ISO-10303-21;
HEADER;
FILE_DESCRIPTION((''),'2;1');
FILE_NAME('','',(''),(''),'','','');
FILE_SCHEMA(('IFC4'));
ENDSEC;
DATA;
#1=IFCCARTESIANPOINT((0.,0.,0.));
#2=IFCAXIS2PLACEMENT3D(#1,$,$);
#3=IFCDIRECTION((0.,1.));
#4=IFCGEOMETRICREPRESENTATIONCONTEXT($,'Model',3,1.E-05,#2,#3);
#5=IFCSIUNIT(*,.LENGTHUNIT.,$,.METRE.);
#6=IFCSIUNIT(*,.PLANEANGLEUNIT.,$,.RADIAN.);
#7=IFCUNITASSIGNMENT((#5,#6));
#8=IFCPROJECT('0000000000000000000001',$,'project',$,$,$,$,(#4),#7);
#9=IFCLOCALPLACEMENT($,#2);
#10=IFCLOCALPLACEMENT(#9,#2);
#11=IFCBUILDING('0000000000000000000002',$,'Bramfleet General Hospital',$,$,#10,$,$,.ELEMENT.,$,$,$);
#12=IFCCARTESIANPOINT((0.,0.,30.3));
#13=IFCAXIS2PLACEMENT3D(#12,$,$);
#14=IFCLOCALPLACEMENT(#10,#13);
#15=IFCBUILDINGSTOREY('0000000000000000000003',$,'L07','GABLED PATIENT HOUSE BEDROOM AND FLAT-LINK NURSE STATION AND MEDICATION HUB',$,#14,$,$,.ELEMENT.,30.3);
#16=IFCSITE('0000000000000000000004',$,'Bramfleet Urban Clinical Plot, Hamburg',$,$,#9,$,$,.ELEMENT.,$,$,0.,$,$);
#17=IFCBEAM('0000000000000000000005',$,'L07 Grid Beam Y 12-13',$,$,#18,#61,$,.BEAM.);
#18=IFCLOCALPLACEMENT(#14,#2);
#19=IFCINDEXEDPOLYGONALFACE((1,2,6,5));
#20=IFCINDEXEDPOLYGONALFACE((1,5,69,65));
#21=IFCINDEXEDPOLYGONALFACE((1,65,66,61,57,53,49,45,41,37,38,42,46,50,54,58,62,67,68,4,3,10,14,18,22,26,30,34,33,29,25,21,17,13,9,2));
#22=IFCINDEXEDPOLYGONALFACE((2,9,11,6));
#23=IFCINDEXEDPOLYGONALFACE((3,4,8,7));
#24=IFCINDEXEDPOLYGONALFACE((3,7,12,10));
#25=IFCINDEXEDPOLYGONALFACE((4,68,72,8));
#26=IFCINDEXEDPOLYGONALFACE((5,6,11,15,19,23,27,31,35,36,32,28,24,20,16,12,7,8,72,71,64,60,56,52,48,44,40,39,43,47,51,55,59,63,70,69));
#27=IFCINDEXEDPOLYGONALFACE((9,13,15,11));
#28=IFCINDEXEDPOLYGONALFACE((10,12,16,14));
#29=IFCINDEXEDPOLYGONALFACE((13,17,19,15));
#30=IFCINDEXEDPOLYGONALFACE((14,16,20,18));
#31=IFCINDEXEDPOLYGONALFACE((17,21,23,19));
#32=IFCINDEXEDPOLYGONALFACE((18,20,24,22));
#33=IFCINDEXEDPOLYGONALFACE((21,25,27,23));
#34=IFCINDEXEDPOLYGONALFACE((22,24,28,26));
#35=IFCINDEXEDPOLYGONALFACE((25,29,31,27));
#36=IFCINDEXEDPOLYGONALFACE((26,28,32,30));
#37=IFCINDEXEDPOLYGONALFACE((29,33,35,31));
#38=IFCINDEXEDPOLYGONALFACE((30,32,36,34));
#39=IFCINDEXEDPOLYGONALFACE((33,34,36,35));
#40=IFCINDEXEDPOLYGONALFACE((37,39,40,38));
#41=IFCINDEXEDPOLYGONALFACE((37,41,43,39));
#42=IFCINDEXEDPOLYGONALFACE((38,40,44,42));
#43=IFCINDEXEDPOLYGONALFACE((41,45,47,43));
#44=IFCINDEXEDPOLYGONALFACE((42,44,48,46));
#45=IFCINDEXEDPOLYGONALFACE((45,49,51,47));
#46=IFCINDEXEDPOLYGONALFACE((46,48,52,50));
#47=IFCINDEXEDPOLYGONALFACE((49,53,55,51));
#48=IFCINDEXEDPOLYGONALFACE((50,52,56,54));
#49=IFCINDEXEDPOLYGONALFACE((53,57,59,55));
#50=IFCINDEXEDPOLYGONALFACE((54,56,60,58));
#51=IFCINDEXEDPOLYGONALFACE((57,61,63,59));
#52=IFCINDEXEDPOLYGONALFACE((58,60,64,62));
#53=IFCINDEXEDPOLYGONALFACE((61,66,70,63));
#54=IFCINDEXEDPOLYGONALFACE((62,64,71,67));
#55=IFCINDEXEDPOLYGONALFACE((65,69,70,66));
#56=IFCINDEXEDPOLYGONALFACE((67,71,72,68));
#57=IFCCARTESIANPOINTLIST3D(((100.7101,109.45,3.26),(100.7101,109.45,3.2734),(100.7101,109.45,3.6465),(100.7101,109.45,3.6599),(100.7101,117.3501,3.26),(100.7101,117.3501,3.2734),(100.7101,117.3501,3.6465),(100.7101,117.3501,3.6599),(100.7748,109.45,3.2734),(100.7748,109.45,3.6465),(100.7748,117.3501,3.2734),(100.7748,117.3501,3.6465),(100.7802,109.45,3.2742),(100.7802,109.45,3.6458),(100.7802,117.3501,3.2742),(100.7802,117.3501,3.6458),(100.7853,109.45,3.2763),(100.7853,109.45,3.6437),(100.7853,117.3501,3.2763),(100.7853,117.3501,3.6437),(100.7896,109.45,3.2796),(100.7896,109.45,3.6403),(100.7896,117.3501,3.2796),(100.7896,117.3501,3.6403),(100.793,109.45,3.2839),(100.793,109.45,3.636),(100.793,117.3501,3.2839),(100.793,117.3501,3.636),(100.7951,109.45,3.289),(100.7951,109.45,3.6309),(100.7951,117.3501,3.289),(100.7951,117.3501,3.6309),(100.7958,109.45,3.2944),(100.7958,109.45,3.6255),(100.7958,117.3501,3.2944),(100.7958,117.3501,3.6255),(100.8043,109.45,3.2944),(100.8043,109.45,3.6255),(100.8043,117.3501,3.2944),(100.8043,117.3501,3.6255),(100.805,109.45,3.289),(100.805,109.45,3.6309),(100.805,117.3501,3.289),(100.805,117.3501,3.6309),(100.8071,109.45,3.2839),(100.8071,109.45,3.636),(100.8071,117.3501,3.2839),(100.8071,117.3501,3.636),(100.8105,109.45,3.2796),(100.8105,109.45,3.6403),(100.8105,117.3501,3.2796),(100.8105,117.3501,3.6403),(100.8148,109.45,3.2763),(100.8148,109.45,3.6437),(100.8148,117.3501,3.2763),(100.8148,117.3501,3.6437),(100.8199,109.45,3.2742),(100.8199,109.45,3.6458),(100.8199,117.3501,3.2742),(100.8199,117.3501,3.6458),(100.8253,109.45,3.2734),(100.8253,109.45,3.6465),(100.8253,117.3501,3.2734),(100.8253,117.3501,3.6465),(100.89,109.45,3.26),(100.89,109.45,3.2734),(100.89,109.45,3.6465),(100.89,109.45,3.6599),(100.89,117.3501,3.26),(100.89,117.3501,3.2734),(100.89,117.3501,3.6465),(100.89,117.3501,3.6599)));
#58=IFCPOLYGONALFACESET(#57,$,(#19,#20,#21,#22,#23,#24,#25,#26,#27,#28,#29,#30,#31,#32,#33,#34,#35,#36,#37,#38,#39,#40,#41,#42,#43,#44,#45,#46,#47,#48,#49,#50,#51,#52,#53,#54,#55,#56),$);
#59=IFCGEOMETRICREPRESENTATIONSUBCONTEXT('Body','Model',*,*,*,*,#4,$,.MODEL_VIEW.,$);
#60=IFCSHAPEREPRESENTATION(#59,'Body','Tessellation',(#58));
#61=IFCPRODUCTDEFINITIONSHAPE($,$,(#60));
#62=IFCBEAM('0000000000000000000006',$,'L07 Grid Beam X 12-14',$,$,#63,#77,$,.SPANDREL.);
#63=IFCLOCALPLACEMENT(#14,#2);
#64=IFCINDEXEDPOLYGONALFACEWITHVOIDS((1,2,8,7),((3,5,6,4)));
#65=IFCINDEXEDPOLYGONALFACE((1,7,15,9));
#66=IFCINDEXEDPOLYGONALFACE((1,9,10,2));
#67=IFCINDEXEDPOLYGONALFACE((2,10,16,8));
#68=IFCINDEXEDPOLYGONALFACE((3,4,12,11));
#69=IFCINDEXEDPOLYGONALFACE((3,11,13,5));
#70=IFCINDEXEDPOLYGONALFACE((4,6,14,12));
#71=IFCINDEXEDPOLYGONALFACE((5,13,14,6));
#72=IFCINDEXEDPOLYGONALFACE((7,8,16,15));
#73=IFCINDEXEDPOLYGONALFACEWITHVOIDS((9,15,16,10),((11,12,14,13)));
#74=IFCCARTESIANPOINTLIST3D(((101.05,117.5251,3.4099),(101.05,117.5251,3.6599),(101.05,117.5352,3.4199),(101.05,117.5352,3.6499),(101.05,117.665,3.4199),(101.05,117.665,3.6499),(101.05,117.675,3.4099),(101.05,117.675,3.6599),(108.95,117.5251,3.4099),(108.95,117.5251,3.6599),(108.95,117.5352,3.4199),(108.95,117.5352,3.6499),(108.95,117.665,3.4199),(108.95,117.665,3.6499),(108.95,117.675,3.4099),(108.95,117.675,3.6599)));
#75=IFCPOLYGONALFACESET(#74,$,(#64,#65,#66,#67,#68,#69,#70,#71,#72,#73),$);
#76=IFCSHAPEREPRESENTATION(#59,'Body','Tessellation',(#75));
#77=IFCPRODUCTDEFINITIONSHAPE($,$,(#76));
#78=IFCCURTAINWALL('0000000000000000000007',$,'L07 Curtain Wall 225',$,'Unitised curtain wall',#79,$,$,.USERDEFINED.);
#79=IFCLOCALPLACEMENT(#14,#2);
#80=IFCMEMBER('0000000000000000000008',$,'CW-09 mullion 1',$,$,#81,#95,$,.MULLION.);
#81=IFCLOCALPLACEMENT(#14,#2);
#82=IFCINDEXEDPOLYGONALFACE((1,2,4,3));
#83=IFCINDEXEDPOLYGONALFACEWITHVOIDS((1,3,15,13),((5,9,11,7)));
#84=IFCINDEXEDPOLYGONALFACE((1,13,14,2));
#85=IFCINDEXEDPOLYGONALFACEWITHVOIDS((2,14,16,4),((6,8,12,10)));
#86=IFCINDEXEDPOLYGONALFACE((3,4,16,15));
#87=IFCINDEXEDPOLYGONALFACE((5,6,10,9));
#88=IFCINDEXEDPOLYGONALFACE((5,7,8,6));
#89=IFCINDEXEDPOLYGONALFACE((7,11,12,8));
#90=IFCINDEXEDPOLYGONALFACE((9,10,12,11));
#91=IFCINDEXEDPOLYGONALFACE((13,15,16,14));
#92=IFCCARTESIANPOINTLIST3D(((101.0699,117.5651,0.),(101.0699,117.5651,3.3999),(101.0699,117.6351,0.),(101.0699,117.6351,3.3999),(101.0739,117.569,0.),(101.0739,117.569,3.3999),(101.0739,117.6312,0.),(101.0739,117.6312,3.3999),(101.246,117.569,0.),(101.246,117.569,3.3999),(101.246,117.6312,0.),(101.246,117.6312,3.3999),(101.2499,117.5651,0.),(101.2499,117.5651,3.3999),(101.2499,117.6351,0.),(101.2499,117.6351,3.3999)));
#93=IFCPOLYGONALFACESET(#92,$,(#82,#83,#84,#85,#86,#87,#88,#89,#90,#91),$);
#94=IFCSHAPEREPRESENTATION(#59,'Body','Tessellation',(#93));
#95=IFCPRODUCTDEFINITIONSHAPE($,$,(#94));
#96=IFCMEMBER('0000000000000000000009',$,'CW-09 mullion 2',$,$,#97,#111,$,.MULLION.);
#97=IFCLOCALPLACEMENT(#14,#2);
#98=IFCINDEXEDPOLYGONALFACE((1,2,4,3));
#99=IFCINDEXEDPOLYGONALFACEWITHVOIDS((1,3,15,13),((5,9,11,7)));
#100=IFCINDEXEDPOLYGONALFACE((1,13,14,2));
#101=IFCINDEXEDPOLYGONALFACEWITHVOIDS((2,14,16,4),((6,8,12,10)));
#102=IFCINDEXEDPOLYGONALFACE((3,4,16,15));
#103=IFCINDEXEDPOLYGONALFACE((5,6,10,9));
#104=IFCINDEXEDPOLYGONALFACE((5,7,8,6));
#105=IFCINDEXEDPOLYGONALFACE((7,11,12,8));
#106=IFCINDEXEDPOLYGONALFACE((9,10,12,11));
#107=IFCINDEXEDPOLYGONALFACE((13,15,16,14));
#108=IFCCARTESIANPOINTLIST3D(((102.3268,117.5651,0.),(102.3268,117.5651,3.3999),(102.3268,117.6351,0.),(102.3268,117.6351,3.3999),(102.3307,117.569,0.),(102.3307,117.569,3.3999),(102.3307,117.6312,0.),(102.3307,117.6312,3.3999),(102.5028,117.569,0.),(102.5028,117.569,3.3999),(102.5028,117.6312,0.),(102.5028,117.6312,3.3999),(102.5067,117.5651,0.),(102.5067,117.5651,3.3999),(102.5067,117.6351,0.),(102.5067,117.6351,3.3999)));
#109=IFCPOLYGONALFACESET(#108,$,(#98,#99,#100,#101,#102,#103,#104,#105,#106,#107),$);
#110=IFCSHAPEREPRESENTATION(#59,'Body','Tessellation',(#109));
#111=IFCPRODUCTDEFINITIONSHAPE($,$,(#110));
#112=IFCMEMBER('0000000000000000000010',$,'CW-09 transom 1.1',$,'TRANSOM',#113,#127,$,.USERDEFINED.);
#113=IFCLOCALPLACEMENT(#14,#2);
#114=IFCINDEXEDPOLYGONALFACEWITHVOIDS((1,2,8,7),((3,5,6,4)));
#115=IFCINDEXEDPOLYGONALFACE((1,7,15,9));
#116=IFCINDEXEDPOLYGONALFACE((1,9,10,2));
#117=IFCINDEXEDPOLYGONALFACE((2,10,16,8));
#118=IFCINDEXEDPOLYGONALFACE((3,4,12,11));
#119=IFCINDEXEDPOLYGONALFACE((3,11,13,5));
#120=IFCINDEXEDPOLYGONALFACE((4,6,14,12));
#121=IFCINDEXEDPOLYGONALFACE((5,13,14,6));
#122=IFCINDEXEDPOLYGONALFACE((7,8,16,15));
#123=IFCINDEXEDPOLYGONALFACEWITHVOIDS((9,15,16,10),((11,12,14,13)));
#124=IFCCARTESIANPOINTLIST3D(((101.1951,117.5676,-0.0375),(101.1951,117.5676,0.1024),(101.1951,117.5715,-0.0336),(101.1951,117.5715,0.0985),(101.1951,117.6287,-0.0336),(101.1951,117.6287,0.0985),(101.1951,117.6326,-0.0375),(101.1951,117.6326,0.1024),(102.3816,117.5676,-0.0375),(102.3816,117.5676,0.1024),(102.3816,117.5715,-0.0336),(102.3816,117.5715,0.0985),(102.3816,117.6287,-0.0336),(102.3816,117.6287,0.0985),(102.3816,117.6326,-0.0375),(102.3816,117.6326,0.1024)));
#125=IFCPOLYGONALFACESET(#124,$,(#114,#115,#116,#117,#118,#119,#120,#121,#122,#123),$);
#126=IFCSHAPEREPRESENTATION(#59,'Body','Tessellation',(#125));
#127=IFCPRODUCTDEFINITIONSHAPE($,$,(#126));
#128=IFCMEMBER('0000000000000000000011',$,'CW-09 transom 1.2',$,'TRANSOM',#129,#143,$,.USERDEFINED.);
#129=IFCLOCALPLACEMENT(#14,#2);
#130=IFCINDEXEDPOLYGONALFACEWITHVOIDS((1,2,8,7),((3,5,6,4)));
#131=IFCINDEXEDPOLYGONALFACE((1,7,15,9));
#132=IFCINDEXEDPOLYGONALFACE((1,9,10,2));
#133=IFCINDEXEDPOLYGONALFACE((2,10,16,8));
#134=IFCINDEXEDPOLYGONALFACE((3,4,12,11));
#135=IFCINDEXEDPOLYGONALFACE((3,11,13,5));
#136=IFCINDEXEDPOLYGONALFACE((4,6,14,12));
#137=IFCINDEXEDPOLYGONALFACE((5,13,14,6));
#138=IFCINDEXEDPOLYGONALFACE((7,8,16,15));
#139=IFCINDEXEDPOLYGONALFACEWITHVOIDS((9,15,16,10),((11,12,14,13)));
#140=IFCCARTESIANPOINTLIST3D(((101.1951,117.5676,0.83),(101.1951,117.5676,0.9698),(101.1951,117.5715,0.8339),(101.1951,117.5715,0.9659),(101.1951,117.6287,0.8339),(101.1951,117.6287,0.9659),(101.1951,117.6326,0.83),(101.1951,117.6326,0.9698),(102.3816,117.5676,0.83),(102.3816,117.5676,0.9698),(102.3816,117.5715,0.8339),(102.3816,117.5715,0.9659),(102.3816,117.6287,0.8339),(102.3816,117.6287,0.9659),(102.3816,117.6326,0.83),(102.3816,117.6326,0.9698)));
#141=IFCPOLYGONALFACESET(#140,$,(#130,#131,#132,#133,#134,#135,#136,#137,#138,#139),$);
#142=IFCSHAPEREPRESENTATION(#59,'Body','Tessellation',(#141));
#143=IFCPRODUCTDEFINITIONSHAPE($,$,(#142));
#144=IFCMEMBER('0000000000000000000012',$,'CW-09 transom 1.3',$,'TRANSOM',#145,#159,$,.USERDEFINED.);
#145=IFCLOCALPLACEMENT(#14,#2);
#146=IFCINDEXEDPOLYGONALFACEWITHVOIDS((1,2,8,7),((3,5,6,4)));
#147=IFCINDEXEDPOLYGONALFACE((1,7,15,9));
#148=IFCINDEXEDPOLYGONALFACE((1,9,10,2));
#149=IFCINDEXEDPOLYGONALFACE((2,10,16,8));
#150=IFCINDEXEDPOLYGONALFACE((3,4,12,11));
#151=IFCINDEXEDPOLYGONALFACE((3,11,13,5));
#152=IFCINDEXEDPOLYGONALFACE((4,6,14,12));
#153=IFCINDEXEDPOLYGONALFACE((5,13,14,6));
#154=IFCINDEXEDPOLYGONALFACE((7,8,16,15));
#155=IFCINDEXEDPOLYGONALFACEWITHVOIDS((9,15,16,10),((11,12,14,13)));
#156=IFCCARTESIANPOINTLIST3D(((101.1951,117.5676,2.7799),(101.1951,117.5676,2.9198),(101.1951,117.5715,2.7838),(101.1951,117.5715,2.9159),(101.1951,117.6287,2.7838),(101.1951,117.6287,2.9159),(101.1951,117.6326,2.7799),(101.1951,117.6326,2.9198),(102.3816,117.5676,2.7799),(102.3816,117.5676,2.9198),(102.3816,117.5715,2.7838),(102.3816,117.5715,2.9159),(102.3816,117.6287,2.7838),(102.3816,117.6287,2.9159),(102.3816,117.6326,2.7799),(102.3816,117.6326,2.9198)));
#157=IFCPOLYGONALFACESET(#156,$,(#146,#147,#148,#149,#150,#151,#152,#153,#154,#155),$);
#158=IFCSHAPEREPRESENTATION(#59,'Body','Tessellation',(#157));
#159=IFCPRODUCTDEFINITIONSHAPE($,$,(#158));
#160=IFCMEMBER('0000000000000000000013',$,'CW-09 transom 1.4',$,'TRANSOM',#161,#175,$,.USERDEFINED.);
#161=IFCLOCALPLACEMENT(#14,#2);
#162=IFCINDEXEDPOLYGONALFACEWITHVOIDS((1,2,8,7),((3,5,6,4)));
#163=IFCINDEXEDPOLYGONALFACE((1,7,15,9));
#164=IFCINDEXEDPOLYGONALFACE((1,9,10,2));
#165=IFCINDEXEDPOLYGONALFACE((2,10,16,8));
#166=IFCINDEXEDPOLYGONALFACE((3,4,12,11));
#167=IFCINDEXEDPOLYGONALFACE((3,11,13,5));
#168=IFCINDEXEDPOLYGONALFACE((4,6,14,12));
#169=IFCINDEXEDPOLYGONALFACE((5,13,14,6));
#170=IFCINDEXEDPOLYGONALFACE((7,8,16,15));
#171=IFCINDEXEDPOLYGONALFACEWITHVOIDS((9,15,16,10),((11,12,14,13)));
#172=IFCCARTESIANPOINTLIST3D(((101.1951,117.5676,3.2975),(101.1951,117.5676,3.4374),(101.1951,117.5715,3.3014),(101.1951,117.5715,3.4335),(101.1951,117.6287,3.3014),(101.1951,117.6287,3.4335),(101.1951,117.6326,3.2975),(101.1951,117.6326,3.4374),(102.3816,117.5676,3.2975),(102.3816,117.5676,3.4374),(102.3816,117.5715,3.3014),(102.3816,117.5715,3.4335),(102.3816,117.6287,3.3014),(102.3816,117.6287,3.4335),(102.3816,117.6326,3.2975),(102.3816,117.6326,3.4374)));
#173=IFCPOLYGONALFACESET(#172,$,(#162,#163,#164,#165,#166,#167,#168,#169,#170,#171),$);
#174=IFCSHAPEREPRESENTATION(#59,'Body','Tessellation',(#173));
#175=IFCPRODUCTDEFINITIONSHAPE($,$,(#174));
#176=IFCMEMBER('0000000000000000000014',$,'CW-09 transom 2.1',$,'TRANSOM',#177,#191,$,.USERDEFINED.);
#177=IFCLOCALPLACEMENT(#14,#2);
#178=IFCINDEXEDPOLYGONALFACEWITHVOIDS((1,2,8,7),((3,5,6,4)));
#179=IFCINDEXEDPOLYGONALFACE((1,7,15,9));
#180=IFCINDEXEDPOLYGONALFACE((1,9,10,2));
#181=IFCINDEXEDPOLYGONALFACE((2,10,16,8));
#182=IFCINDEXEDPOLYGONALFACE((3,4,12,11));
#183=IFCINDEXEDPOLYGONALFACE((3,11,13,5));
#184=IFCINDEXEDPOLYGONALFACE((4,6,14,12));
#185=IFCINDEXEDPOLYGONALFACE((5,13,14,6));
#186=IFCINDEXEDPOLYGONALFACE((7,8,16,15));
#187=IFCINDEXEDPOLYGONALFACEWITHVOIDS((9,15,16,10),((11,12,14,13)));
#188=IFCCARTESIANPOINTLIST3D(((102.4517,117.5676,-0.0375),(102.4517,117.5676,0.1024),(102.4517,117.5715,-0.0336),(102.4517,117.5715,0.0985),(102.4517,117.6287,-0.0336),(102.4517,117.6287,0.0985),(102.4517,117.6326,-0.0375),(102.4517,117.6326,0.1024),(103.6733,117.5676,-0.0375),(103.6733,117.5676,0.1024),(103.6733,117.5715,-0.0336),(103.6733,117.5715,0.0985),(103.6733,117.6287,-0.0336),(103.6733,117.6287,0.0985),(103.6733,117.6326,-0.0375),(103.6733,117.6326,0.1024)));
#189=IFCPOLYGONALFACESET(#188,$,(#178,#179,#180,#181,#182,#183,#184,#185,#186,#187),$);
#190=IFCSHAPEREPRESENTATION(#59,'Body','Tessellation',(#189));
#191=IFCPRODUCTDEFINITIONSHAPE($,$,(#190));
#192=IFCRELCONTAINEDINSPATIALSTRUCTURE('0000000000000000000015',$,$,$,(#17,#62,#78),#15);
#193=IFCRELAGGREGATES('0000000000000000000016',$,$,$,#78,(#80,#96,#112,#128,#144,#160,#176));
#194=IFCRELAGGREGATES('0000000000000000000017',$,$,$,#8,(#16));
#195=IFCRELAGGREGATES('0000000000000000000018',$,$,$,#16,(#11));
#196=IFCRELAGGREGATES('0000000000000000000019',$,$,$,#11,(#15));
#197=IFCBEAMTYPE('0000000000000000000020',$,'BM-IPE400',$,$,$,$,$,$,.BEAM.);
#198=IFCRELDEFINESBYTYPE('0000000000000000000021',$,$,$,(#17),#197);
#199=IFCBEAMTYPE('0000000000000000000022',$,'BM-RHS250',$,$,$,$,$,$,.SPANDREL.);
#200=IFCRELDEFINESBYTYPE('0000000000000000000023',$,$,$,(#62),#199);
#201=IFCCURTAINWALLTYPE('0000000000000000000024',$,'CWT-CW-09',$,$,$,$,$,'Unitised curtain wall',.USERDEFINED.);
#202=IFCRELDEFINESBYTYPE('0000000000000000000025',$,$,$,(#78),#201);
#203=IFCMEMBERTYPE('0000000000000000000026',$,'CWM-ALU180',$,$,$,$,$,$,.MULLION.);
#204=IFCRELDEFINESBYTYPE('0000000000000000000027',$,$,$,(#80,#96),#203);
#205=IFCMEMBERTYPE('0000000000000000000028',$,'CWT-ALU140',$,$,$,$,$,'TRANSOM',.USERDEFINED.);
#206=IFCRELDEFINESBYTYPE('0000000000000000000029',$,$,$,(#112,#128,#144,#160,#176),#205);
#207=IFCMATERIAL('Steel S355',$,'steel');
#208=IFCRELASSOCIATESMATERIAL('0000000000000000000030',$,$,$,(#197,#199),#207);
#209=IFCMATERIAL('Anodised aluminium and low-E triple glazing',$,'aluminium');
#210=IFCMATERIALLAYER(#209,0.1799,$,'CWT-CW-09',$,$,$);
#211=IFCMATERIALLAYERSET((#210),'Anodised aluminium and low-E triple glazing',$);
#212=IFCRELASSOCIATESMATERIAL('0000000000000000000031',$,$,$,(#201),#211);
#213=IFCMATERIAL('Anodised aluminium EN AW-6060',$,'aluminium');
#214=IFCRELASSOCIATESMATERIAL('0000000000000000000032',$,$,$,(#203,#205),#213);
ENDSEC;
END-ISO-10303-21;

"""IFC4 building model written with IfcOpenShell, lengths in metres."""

from ifc_helpers import new_model, si_unit, direction, frame, origin, origin_2d, place, context, subcontext, project, spatial, hollow_rectangle, i_section, extrude, material, layer, layer_set, material_profile, profile_set, type_object, element, aggregate, save


model = new_model("IFC4")

# Units and contexts
model_context = context("Model", 3, precision=1e-05, world=origin(), true_north=direction((0.0, 1.0)))
body_context = subcontext(model_context, "Body", "Model", "MODEL_VIEW")
ifc_project = project(units=[si_unit("LENGTHUNIT", "METRE"), si_unit("PLANEANGLEUNIT", "RADIAN")], contexts=[model_context])

# Site, building, storey
site_placement = place(None, origin())
site = spatial("IfcSite", under=ifc_project, at=site_placement, Name="Bramfleet Urban Clinical Plot, Hamburg", CompositionType="ELEMENT", RefElevation=0.0)
building_placement = place(site_placement, origin())
building = spatial("IfcBuilding", under=site, at=building_placement, Name="Bramfleet General Hospital", CompositionType="ELEMENT")
storey_placement = place(building_placement, frame((0.0, 0.0, 30.3)))
storey = spatial("IfcBuildingStorey", under=building, at=storey_placement, Name="L07", Description="GABLED PATIENT HOUSE BEDROOM AND FLAT-LINK NURSE STATION AND MEDICATION HUB", CompositionType="ELEMENT", Elevation=30.3)

# Beams
ifc_material_1 = material(Name="Steel S355", Category="steel")
ifc_material_profile_1 = material_profile(ifc_material_1, i_section(OverallWidth=0.1799, OverallDepth=0.3999, WebThickness=0.0085, FlangeThickness=0.0134, FilletRadius=0.021, at=origin_2d()), Name="IPE 400")
ifc_profile_set_1 = profile_set([ifc_material_profile_1], Name="Steel S355")
beam_type_1 = type_object("IfcBeamType", Name="BM-IPE400", PredefinedType="BEAM", material=ifc_profile_set_1)
beam_1_placement = place(storey_placement, frame((100.8, 109.45, 3.46), z_axis=(0.0, 1.0, 0.0), x_axis=(-1.0, 0.0, 0.0)))
element("IfcBeam", 1, at=beam_1_placement, inside=storey, type_object=beam_type_1, Name="L07 Grid Beam Y 12-13", PredefinedType="BEAM", context=body_context, shape_type="SweptSolid", body=[
    extrude(i_section(OverallWidth=0.1799, OverallDepth=0.3999, WebThickness=0.0085, FlangeThickness=0.0134, FilletRadius=0.021, at=origin_2d()), origin(), (0.0, 0.0, 1.0), 7.9001),
])
ifc_material_profile_2 = material_profile(ifc_material_1, hollow_rectangle(XDim=0.1499, YDim=0.25, WallThickness=0.01, at=origin_2d()), Name="RHS 250x150x10.0")
ifc_profile_set_2 = profile_set([ifc_material_profile_2], Name="Steel S355")
beam_type_2 = type_object("IfcBeamType", Name="BM-RHS250", PredefinedType="SPANDREL", material=ifc_profile_set_2)
beam_2_placement = place(storey_placement, frame((101.05, 117.6001, 3.5349), z_axis=(1.0, 0.0, 0.0), x_axis=(0.0, 1.0, 0.0)))
element("IfcBeam", 2, at=beam_2_placement, inside=storey, type_object=beam_type_2, Name="L07 Grid Beam X 12-14", PredefinedType="SPANDREL", context=body_context, shape_type="SweptSolid", body=[
    extrude(hollow_rectangle(XDim=0.1499, YDim=0.25, WallThickness=0.01, at=origin_2d()), origin(), (0.0, 0.0, 1.0), 7.8999),
])

# Curtain wall, members
ifc_material_2 = material(Name="Anodised aluminium and low-E triple glazing", Category="aluminium")
ifc_layer_1 = layer(ifc_material_2, 0.1799, Name="CWT-CW-09")
ifc_layer_set_1 = layer_set([ifc_layer_1], Name="Anodised aluminium and low-E triple glazing")
curtain_wall_type = type_object("IfcCurtainWallType", Name="CWT-CW-09", ElementType="Unitised curtain wall", PredefinedType="USERDEFINED", material=ifc_layer_set_1)
curtain_wall_placement = place(storey_placement, origin())
curtain_wall = element("IfcCurtainWall", 3, at=curtain_wall_placement, inside=storey, type_object=curtain_wall_type, Name="L07 Curtain Wall 225", ObjectType="Unitised curtain wall", PredefinedType="USERDEFINED")
ifc_material_3 = material(Name="Anodised aluminium EN AW-6060", Category="aluminium")
ifc_material_profile_3 = material_profile(ifc_material_3, hollow_rectangle(XDim=0.0701, YDim=0.1799, WallThickness=0.0039, at=origin_2d()), Name="ALU 180x70x4.0")
ifc_profile_set_3 = profile_set([ifc_material_profile_3], Name="Anodised aluminium EN AW-6060")
member_type_1 = type_object("IfcMemberType", Name="CWM-ALU180", PredefinedType="MULLION", material=ifc_profile_set_3)
member_1_placement = place(storey_placement, frame((101.1599, 117.6001, 0.0), z_axis=(0.0, 0.0, 1.0), x_axis=(0.0, 1.0, 0.0)))
member_1 = element("IfcMember", 4, at=member_1_placement, type_object=member_type_1, Name="CW-09 mullion 1", PredefinedType="MULLION", context=body_context, shape_type="SweptSolid", body=[
    extrude(hollow_rectangle(XDim=0.0701, YDim=0.1799, WallThickness=0.0039, at=origin_2d()), origin(), (0.0, 0.0, 1.0), 3.3999),
])
member_2_placement = place(storey_placement, frame((102.4167, 117.6001, 0.0), z_axis=(0.0, 0.0, 1.0), x_axis=(0.0, 1.0, 0.0)))
member_2 = element("IfcMember", 5, at=member_2_placement, type_object=member_type_1, Name="CW-09 mullion 2", PredefinedType="MULLION", context=body_context, shape_type="SweptSolid", body=[
    extrude(hollow_rectangle(XDim=0.0701, YDim=0.1799, WallThickness=0.0039, at=origin_2d()), origin(), (0.0, 0.0, 1.0), 3.3999),
])
ifc_material_profile_4 = material_profile(ifc_material_3, hollow_rectangle(XDim=0.0649, YDim=0.1399, WallThickness=0.0039, at=origin_2d()), Name="ALU 140x65x4.0")
ifc_profile_set_4 = profile_set([ifc_material_profile_4], Name="Anodised aluminium EN AW-6060")
member_type_2 = type_object("IfcMemberType", Name="CWT-ALU140", ElementType="TRANSOM", PredefinedType="USERDEFINED", material=ifc_profile_set_4)
member_3_placement = place(storey_placement, frame((101.1951, 117.6001, 0.0325), z_axis=(1.0, 0.0, 0.0), x_axis=(0.0, 1.0, 0.0)))
member_3 = element("IfcMember", 6, at=member_3_placement, type_object=member_type_2, Name="CW-09 transom 1.1", ObjectType="TRANSOM", PredefinedType="USERDEFINED", context=body_context, shape_type="SweptSolid", body=[
    extrude(hollow_rectangle(XDim=0.0649, YDim=0.1399, WallThickness=0.0039, at=origin_2d()), origin(), (0.0, 0.0, 1.0), 1.1865),
])
member_4_placement = place(storey_placement, frame((101.1951, 117.6001, 0.8999), z_axis=(1.0, 0.0, 0.0), x_axis=(0.0, 1.0, 0.0)))
member_4 = element("IfcMember", 7, at=member_4_placement, type_object=member_type_2, Name="CW-09 transom 1.2", ObjectType="TRANSOM", PredefinedType="USERDEFINED", context=body_context, shape_type="SweptSolid", body=[
    extrude(hollow_rectangle(XDim=0.0649, YDim=0.1399, WallThickness=0.0039, at=origin_2d()), origin(), (0.0, 0.0, 1.0), 1.1865),
])
member_5_placement = place(storey_placement, frame((101.1951, 117.6001, 2.8499), z_axis=(1.0, 0.0, 0.0), x_axis=(0.0, 1.0, 0.0)))
member_5 = element("IfcMember", 8, at=member_5_placement, type_object=member_type_2, Name="CW-09 transom 1.3", ObjectType="TRANSOM", PredefinedType="USERDEFINED", context=body_context, shape_type="SweptSolid", body=[
    extrude(hollow_rectangle(XDim=0.0649, YDim=0.1399, WallThickness=0.0039, at=origin_2d()), origin(), (0.0, 0.0, 1.0), 1.1865),
])
member_6_placement = place(storey_placement, frame((101.1951, 117.6001, 3.3674), z_axis=(1.0, 0.0, 0.0), x_axis=(0.0, 1.0, 0.0)))
member_6 = element("IfcMember", 9, at=member_6_placement, type_object=member_type_2, Name="CW-09 transom 1.4", ObjectType="TRANSOM", PredefinedType="USERDEFINED", context=body_context, shape_type="SweptSolid", body=[
    extrude(hollow_rectangle(XDim=0.0649, YDim=0.1399, WallThickness=0.0039, at=origin_2d()), origin(), (0.0, 0.0, 1.0), 1.1865),
])
member_7_placement = place(storey_placement, frame((102.4517, 117.6001, 0.0325), z_axis=(1.0, 0.0, 0.0), x_axis=(0.0, 1.0, 0.0)))
member_7 = element("IfcMember", 10, at=member_7_placement, type_object=member_type_2, Name="CW-09 transom 2.1", ObjectType="TRANSOM", PredefinedType="USERDEFINED", context=body_context, shape_type="SweptSolid", body=[
    extrude(hollow_rectangle(XDim=0.0649, YDim=0.1399, WallThickness=0.0039, at=origin_2d()), origin(), (0.0, 0.0, 1.0), 1.2217),
])
aggregate(curtain_wall, [member_1, member_2, member_3, member_4, member_5, member_6, member_7])

save(model, "model.ifc")
